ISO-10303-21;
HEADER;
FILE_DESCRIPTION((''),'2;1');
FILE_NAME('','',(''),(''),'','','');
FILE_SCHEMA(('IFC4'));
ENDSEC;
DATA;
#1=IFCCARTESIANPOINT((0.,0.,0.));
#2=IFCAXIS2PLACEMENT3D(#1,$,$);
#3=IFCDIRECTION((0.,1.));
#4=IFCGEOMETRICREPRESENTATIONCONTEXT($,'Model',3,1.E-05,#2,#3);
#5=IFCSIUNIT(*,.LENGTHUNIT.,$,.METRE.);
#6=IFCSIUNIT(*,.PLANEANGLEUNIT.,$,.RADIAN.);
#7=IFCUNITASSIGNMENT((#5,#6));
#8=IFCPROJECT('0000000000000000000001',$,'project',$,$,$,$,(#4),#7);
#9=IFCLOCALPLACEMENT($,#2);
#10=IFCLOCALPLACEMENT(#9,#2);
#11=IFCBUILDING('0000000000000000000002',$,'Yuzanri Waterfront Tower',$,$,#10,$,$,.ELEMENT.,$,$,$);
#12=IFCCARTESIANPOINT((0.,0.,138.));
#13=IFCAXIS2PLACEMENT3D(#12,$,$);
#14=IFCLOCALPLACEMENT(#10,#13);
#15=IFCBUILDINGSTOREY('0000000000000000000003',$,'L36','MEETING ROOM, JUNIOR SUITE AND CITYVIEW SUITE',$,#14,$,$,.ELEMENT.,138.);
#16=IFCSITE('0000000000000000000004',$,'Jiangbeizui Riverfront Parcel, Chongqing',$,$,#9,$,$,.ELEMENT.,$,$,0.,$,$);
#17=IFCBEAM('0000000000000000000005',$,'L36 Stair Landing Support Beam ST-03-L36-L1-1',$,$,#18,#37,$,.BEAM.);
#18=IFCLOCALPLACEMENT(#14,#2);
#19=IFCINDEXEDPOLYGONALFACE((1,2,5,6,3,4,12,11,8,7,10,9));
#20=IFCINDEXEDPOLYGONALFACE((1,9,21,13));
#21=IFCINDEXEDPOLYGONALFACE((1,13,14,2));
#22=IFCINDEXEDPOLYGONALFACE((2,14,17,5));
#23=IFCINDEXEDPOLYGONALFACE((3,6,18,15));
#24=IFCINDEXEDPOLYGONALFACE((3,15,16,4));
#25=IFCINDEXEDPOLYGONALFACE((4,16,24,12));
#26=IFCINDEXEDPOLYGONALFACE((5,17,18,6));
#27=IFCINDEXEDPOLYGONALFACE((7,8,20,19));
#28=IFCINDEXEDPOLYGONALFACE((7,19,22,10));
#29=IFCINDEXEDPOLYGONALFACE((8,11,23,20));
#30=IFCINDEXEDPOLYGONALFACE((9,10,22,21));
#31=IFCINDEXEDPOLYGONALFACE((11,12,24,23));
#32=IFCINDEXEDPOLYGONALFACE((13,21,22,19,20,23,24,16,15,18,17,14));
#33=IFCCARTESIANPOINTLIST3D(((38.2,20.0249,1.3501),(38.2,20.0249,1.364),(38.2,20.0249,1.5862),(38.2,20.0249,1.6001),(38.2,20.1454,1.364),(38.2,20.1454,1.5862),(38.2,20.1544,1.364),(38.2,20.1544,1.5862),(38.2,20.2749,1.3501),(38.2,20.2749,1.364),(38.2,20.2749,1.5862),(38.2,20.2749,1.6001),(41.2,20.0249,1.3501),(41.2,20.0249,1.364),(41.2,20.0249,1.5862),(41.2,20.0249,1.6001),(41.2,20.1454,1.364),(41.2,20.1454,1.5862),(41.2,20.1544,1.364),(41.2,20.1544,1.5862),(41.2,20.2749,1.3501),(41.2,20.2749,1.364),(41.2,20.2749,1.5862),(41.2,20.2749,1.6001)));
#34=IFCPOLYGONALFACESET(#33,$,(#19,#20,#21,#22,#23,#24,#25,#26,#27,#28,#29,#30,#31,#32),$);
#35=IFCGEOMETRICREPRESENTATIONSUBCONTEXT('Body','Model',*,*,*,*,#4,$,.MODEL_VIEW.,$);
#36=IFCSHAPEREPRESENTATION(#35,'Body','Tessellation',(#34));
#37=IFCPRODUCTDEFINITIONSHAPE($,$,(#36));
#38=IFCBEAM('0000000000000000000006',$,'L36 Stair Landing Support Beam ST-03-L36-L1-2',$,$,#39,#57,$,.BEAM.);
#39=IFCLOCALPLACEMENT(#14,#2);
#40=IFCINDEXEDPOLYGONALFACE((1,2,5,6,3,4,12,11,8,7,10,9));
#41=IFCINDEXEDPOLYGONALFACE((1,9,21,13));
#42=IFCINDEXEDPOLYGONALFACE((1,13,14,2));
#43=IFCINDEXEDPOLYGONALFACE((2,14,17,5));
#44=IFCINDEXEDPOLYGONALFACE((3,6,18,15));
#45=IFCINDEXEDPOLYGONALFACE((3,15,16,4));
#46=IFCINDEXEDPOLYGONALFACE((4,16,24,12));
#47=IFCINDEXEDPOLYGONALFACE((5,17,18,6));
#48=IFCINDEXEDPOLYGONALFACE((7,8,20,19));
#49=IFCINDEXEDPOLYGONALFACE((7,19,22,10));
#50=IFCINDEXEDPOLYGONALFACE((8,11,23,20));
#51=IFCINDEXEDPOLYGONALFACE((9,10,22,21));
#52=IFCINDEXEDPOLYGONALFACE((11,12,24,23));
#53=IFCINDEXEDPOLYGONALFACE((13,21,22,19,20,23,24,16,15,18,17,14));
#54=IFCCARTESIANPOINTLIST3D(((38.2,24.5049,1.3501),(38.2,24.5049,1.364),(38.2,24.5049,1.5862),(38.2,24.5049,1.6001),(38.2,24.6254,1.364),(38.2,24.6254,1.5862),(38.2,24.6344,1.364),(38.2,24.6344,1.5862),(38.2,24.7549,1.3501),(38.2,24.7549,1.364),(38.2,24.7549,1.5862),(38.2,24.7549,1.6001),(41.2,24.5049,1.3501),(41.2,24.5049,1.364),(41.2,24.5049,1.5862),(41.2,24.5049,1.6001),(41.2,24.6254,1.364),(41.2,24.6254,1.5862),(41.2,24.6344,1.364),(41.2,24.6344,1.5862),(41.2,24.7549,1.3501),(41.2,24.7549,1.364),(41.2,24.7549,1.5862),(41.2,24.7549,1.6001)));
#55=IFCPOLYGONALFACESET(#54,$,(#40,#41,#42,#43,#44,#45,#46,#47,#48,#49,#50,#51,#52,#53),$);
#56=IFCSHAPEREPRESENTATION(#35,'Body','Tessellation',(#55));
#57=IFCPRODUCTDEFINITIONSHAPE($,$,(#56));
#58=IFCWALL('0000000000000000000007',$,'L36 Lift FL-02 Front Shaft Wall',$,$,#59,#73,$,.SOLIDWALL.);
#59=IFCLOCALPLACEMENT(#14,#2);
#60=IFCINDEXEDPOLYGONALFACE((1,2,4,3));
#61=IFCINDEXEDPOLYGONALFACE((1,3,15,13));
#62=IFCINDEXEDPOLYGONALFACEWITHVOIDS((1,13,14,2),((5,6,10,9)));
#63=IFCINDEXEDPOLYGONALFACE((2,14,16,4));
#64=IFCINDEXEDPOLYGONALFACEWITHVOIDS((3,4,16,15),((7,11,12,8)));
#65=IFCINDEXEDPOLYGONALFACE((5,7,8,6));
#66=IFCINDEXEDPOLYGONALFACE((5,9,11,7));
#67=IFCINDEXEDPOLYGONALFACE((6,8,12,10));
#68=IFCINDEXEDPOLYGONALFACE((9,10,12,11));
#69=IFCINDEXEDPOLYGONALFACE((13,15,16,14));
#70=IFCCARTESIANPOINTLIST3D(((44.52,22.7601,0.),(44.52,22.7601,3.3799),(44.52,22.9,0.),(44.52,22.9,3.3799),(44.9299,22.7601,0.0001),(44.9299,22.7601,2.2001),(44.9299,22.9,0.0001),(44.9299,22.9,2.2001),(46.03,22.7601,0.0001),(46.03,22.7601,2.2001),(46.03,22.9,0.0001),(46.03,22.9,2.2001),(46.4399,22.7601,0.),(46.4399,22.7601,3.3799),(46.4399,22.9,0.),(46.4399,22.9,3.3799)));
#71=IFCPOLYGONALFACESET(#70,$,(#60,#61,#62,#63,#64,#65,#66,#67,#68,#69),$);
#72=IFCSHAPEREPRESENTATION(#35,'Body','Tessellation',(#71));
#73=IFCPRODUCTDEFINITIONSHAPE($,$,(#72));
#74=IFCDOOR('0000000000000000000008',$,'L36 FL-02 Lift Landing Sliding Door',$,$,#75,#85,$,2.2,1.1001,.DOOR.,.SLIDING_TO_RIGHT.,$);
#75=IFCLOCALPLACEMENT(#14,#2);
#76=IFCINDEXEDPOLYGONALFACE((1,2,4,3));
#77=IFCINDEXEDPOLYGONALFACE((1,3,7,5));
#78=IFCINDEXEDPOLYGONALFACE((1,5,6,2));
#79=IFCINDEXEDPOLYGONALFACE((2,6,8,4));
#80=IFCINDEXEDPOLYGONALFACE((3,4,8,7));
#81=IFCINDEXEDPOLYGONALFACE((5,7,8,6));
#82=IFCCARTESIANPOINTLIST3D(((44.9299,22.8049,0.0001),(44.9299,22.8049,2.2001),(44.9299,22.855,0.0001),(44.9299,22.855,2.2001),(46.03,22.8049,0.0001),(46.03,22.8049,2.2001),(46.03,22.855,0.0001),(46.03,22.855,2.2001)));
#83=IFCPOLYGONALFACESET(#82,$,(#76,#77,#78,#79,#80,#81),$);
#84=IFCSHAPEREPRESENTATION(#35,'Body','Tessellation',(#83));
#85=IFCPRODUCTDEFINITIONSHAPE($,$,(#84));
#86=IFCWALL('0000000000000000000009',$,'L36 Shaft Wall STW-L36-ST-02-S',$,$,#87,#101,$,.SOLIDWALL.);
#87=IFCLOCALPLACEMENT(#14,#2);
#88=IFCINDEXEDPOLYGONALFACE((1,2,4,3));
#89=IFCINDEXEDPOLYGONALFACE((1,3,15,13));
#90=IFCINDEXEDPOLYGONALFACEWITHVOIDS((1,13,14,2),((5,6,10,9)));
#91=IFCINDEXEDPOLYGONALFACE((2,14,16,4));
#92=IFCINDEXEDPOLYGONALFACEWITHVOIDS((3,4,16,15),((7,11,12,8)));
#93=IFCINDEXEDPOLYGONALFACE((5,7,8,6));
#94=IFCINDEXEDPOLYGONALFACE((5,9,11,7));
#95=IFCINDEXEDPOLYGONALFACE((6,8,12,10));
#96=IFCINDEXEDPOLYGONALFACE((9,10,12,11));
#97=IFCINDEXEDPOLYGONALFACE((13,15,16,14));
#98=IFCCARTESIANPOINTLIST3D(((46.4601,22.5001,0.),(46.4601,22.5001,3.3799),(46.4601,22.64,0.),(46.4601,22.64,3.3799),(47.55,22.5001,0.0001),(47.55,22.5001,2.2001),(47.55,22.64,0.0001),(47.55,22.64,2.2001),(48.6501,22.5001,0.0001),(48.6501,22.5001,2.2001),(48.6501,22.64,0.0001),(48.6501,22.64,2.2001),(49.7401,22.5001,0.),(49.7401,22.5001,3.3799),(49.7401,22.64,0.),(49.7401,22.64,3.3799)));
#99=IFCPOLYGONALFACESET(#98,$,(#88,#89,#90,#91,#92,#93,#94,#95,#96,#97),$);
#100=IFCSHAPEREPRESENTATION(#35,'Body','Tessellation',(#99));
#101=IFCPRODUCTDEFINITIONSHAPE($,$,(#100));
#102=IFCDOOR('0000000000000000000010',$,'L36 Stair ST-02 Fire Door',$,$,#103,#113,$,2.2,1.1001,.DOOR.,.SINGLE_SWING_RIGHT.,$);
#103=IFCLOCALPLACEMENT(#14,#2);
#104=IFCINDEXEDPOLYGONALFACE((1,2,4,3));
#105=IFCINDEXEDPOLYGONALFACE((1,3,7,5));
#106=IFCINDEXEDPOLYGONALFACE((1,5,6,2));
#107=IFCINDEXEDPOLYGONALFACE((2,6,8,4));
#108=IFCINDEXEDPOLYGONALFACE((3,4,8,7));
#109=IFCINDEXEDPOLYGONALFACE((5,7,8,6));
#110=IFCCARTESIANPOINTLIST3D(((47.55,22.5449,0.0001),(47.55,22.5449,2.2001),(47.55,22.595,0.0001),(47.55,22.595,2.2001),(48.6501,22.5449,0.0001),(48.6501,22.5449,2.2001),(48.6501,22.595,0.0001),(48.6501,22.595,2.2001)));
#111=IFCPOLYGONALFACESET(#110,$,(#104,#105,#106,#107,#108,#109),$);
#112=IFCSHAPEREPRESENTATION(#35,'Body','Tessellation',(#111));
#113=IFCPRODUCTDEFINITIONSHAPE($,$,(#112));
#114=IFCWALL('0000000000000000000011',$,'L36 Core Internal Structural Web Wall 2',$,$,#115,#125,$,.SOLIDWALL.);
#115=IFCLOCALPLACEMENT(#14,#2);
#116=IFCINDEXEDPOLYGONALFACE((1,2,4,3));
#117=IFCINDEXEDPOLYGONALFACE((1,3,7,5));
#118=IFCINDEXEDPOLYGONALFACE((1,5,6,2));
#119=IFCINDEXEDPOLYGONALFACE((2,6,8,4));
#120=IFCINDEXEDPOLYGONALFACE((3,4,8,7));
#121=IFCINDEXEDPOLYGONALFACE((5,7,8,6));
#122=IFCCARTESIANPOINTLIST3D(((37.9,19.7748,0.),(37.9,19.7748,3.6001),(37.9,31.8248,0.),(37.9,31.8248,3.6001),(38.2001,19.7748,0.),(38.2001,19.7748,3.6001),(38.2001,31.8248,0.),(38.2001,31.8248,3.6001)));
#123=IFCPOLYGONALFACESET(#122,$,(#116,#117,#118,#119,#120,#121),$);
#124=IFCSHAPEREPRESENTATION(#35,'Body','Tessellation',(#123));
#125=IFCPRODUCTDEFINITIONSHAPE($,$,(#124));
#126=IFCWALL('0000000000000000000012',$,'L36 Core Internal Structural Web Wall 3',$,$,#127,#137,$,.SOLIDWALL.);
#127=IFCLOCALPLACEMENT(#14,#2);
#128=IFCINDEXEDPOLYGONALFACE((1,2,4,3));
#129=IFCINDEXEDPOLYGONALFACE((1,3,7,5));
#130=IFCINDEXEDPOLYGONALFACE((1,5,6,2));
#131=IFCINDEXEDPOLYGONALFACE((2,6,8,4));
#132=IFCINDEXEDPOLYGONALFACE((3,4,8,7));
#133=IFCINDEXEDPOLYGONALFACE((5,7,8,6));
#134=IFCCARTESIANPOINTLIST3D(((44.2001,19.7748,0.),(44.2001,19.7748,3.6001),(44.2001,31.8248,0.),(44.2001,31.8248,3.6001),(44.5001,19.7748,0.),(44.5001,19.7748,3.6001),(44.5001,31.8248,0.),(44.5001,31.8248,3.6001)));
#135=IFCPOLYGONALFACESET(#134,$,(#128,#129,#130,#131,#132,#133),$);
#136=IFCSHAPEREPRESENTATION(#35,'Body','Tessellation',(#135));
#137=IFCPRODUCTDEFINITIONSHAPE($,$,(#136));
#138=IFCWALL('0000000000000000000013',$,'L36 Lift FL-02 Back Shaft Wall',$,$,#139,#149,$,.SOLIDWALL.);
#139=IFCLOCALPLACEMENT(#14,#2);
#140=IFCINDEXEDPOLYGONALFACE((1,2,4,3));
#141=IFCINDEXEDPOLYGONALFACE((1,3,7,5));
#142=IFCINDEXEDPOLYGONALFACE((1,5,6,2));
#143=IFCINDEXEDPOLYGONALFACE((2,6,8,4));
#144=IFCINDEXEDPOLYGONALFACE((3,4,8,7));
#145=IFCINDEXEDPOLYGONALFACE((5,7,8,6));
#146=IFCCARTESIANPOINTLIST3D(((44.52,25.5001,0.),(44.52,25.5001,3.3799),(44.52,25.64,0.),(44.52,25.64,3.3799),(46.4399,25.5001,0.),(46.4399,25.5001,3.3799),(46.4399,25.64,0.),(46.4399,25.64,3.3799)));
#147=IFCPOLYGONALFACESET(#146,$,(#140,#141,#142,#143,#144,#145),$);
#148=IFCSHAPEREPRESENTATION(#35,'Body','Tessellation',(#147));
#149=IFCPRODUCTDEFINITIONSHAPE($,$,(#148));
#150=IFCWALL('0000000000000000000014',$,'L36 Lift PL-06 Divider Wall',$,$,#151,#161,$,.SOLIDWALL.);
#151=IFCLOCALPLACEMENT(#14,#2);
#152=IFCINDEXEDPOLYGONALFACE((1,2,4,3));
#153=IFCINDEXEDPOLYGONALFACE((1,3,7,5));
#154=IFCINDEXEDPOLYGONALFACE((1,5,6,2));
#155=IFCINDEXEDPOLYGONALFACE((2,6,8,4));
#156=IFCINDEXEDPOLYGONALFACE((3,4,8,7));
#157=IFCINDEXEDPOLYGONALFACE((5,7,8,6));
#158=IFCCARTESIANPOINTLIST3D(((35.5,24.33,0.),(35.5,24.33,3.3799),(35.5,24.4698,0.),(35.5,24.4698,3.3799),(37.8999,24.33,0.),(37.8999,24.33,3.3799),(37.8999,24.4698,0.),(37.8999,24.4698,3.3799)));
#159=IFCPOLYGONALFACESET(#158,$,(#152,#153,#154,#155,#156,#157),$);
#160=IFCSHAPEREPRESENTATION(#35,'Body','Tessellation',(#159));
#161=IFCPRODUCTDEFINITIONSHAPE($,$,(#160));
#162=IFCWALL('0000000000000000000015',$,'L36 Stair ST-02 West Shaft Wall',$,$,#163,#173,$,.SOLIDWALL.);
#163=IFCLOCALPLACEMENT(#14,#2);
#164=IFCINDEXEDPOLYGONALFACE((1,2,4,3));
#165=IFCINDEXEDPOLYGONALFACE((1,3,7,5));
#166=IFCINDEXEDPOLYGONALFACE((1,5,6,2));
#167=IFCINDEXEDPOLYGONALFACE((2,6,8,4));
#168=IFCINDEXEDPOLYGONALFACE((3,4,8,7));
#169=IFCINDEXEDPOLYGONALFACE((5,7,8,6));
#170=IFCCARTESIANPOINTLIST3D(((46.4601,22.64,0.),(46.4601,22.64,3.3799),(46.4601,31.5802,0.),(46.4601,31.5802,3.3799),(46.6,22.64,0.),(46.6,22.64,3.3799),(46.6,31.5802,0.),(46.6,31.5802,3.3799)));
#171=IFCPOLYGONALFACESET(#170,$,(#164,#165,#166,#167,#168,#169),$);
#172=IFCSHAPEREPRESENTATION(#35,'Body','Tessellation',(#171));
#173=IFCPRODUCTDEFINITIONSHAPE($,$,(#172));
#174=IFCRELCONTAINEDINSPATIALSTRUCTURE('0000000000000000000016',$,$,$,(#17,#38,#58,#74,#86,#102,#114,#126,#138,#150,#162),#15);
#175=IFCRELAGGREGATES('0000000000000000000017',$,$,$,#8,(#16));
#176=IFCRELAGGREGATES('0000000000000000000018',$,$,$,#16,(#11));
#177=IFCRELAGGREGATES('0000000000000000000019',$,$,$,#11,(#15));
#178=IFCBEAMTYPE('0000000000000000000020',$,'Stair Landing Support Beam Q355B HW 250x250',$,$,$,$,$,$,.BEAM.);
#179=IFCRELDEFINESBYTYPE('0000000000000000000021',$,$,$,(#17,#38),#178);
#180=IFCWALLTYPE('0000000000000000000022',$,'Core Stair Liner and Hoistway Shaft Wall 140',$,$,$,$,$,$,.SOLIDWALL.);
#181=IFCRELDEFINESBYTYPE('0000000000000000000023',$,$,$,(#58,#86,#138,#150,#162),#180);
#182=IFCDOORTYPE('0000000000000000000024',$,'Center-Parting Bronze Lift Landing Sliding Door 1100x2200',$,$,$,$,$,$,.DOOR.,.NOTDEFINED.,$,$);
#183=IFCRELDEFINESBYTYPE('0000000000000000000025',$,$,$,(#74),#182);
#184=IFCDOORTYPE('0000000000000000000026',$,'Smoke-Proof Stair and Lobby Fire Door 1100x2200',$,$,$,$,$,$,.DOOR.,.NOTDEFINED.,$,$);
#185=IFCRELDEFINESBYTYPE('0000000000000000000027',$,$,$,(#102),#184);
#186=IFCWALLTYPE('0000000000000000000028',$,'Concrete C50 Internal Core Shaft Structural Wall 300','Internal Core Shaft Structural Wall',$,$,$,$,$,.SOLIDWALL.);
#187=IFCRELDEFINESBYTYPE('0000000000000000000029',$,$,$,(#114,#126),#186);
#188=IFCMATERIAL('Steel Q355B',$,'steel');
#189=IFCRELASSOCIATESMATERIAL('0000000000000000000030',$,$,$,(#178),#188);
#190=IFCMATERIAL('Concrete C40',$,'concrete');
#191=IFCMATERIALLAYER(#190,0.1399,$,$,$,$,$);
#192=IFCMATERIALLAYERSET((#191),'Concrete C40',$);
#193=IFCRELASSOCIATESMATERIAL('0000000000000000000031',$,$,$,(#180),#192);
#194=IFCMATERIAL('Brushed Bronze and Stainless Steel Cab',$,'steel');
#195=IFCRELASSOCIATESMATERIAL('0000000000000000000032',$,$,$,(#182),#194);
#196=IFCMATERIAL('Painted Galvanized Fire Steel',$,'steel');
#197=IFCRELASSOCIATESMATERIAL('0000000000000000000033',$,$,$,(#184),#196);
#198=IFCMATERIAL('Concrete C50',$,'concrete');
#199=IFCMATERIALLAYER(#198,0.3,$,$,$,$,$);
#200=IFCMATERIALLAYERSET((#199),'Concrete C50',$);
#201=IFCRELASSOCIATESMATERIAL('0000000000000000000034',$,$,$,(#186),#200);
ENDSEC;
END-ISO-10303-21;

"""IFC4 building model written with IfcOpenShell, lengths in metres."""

from ifc_helpers import new_model, si_unit, direction, frame, frame_2d, origin, origin_2d, place, context, subcontext, project, spatial, rectangle, i_section, extrude, source, transform, mapped, material, layer, layer_set, material_profile, profile_set, type_object, element, fill, save


model = new_model("IFC4")

# Units and contexts
model_context = context("Model", 3, precision=1e-05, world=origin(), true_north=direction((0.0, 1.0)))
body_context = subcontext(model_context, "Body", "Model", "MODEL_VIEW")
ifc_project = project(units=[si_unit("LENGTHUNIT", "METRE"), si_unit("PLANEANGLEUNIT", "RADIAN")], contexts=[model_context])

# Site, building, storey
site_placement = place(None, origin())
site = spatial("IfcSite", under=ifc_project, at=site_placement, Name="Jiangbeizui Riverfront Parcel, Chongqing", CompositionType="ELEMENT", RefElevation=0.0)
building_placement = place(site_placement, origin())
building = spatial("IfcBuilding", under=site, at=building_placement, Name="Yuzanri Waterfront Tower", CompositionType="ELEMENT")
storey_placement = place(building_placement, frame((0.0, 0.0, 138.0)))
storey = spatial("IfcBuildingStorey", under=building, at=storey_placement, Name="L36", Description="MEETING ROOM, JUNIOR SUITE AND CITYVIEW SUITE", CompositionType="ELEMENT", Elevation=138.0)

# Beams
ifc_material_1 = material(Name="Steel Q355B", Category="steel")
ifc_material_profile = material_profile(ifc_material_1, i_section(OverallWidth=0.25, OverallDepth=0.25, WebThickness=0.009, FlangeThickness=0.0139, at=origin_2d()), Name="HW 250x250x9x14")
ifc_profile_set = profile_set([ifc_material_profile], Name="Steel Q355B")
beam_type = type_object("IfcBeamType", Name="Stair Landing Support Beam Q355B HW 250x250", PredefinedType="BEAM", material=ifc_profile_set)
shared_shape_1 = source(origin(), body_context, "Body", "SweptSolid", [
    extrude(i_section(OverallWidth=0.25, OverallDepth=0.25, WebThickness=0.009, FlangeThickness=0.0139, at=origin_2d()), origin(), (0.0, 0.0, 1.0), 3.0),
])
for number, where, z_axis, x_axis, name in (
    (1, (38.2, 20.1499, 1.4751), (1.0, 0.0, 0.0), (0.0, 1.0, 0.0), "L36 Stair Landing Support Beam ST-03-L36-L1-1"),
    (2, (38.2, 24.6299, 1.4751), (1.0, 0.0, 0.0), (0.0, 1.0, 0.0), "L36 Stair Landing Support Beam ST-03-L36-L1-2"),
):
    element("IfcBeam", number, at=place(storey_placement, frame(where, z_axis=z_axis, x_axis=x_axis)), inside=storey, type_object=beam_type, Name=name, PredefinedType="BEAM", context=body_context, shape_type="MappedRepresentation", body=[
        mapped(shared_shape_1, transform((0.0, 0.0, 0.0), scale=1.0)),
    ])

# Walls, openings, doors
ifc_material_2 = material(Name="Concrete C40", Category="concrete")
ifc_layer_1 = layer(ifc_material_2, 0.1399)
ifc_layer_set_1 = layer_set([ifc_layer_1], Name="Concrete C40")
wall_type_1 = type_object("IfcWallType", Name="Core Stair Liner and Hoistway Shaft Wall 140", PredefinedType="SOLIDWALL", material=ifc_layer_set_1)
wall_1_placement = place(storey_placement, frame((44.52, 22.8301, 0.0), z_axis=(0.0, 0.0, 1.0), x_axis=(1.0, 0.0, 0.0)))
wall_1 = element("IfcWall", 3, at=wall_1_placement, inside=storey, type_object=wall_type_1, Name="L36 Lift FL-02 Front Shaft Wall", PredefinedType="SOLIDWALL", context=body_context, shape_type="SweptSolid", body=[
    extrude(rectangle(XDim=1.9199, YDim=0.1399, at=frame_2d((0.96, 0.0))), origin(), (0.0, 0.0, 1.0), 3.3799),
])
opening_1_placement = place(wall_1_placement, frame((0.4099, 0.0, 0.0)))
opening_1 = element("IfcOpeningElement", 4, at=opening_1_placement, cuts=wall_1, PredefinedType="OPENING", context=body_context, shape_type="SweptSolid", body=[
    extrude(rectangle(XDim=1.1001, YDim=2.2, at=frame_2d((0.55, 1.1001))), frame((0.0, 0.085, 0.0), z_axis=(0.0, -1.0, 0.0), x_axis=(1.0, 0.0, 0.0)), (0.0, 0.0, 1.0), 0.1697),
])
ifc_material_3 = material(Name="Brushed Bronze and Stainless Steel Cab", Category="steel")
door_type_1 = type_object("IfcDoorType", Name="Center-Parting Bronze Lift Landing Sliding Door 1100x2200", OperationType="NOTDEFINED", PredefinedType="DOOR", material=ifc_material_3)
shared_shape_2 = source(origin(), body_context, "Body", "SweptSolid", [
    extrude(rectangle(XDim=1.1001, YDim=2.2, at=frame_2d((0.55, 1.1001))), frame((0.0, 0.0249, 0.0), z_axis=(0.0, -1.0, 0.0), x_axis=(1.0, 0.0, 0.0)), (0.0, 0.0, 1.0), 0.05),
])
door_1_placement = place(opening_1_placement, origin())
door_1 = element("IfcDoor", 5, at=door_1_placement, inside=storey, type_object=door_type_1, Name="L36 FL-02 Lift Landing Sliding Door", OperationType="SLIDING_TO_RIGHT", OverallHeight=2.2, OverallWidth=1.1001, PredefinedType="DOOR", context=body_context, shape_type="MappedRepresentation", body=[
    mapped(shared_shape_2, transform((0.0, 0.0, 0.0), scale=1.0)),
])
fill(opening_1, door_1)
wall_2_placement = place(storey_placement, frame((46.46, 22.5701, 0.0), z_axis=(0.0, 0.0, 1.0), x_axis=(1.0, 0.0, 0.0)))
wall_2 = element("IfcWall", 6, at=wall_2_placement, inside=storey, type_object=wall_type_1, Name="L36 Shaft Wall STW-L36-ST-02-S", PredefinedType="SOLIDWALL", context=body_context, shape_type="SweptSolid", body=[
    extrude(rectangle(XDim=3.28, YDim=0.1399, at=frame_2d((1.6401, 0.0))), origin(), (0.0, 0.0, 1.0), 3.3799),
])
opening_2_placement = place(wall_2_placement, frame((1.0901, 0.0, 0.0)))
opening_2 = element("IfcOpeningElement", 7, at=opening_2_placement, cuts=wall_2, PredefinedType="OPENING", context=body_context, shape_type="SweptSolid", body=[
    extrude(rectangle(XDim=1.1001, YDim=2.2, at=frame_2d((0.55, 1.1001))), frame((0.0, 0.085, 0.0), z_axis=(0.0, -1.0, 0.0), x_axis=(1.0, 0.0, 0.0)), (0.0, 0.0, 1.0), 0.1697),
])
ifc_material_4 = material(Name="Painted Galvanized Fire Steel", Category="steel")
door_type_2 = type_object("IfcDoorType", Name="Smoke-Proof Stair and Lobby Fire Door 1100x2200", OperationType="NOTDEFINED", PredefinedType="DOOR", material=ifc_material_4)
shared_shape_3 = source(origin(), body_context, "Body", "SweptSolid", [
    extrude(rectangle(XDim=1.1001, YDim=2.2, at=frame_2d((0.55, 1.1001))), frame((0.0, 0.0249, 0.0), z_axis=(0.0, -1.0, 0.0), x_axis=(1.0, 0.0, 0.0)), (0.0, 0.0, 1.0), 0.05),
])
door_2_placement = place(opening_2_placement, origin())
door_2 = element("IfcDoor", 8, at=door_2_placement, inside=storey, type_object=door_type_2, Name="L36 Stair ST-02 Fire Door", OperationType="SINGLE_SWING_RIGHT", OverallHeight=2.2, OverallWidth=1.1001, PredefinedType="DOOR", context=body_context, shape_type="MappedRepresentation", body=[
    mapped(shared_shape_3, transform((0.0, 0.0, 0.0), scale=1.0)),
])
fill(opening_2, door_2)

# Walls
ifc_material_5 = material(Name="Concrete C50", Category="concrete")
ifc_layer_2 = layer(ifc_material_5, 0.3)
ifc_layer_set_2 = layer_set([ifc_layer_2], Name="Concrete C50")
wall_type_2 = type_object("IfcWallType", Name="Concrete C50 Internal Core Shaft Structural Wall 300", Description="Internal Core Shaft Structural Wall", PredefinedType="SOLIDWALL", material=ifc_layer_set_2)
shared_shape_4 = source(origin(), body_context, "Body", "SweptSolid", [
    extrude(rectangle(XDim=12.05, YDim=0.3, at=frame_2d((6.0249, 0.0))), origin(), (0.0, 0.0, 1.0), 3.6001),
])
for number, where, z_axis, x_axis, name in (
    (9, (38.05, 19.7749, 0.0), (0.0, 0.0, 1.0), (0.0, 1.0, 0.0), "L36 Core Internal Structural Web Wall 2"),
    (10, (44.3501, 19.7749, 0.0), (0.0, 0.0, 1.0), (0.0, 1.0, 0.0), "L36 Core Internal Structural Web Wall 3"),
):
    element("IfcWall", number, at=place(storey_placement, frame(where, z_axis=z_axis, x_axis=x_axis)), inside=storey, type_object=wall_type_2, Name=name, PredefinedType="SOLIDWALL", context=body_context, shape_type="MappedRepresentation", body=[
        mapped(shared_shape_4, transform((0.0, 0.0, 0.0), scale=1.0)),
    ])
shared_shape_5 = source(origin(), body_context, "Body", "SweptSolid", [
    extrude(rectangle(XDim=1.9199, YDim=0.1399, at=frame_2d((0.96, 0.0))), origin(), (0.0, 0.0, 1.0), 3.3799),
])
wall_3_placement = place(storey_placement, frame((44.52, 25.5701, 0.0), z_axis=(0.0, 0.0, 1.0), x_axis=(1.0, 0.0, 0.0)))
element("IfcWall", 11, at=wall_3_placement, inside=storey, type_object=wall_type_1, Name="L36 Lift FL-02 Back Shaft Wall", PredefinedType="SOLIDWALL", context=body_context, shape_type="MappedRepresentation", body=[
    mapped(shared_shape_5, transform((0.0, 0.0, 0.0), scale=1.0)),
])
shared_shape_6 = source(origin(), body_context, "Body", "SweptSolid", [
    extrude(rectangle(XDim=2.3999, YDim=0.1399, at=frame_2d((1.2, 0.0))), origin(), (0.0, 0.0, 1.0), 3.3799),
])
wall_4_placement = place(storey_placement, frame((35.5, 24.3999, 0.0), z_axis=(0.0, 0.0, 1.0), x_axis=(1.0, 0.0, 0.0)))
element("IfcWall", 12, at=wall_4_placement, inside=storey, type_object=wall_type_1, Name="L36 Lift PL-06 Divider Wall", PredefinedType="SOLIDWALL", context=body_context, shape_type="MappedRepresentation", body=[
    mapped(shared_shape_6, transform((0.0, 0.0, 0.0), scale=1.0)),
])
shared_shape_7 = source(origin(), body_context, "Body", "SweptSolid", [
    extrude(rectangle(XDim=8.9402, YDim=0.1399, at=frame_2d((4.4702, 0.0))), origin(), (0.0, 0.0, 1.0), 3.3799),
])
wall_5_placement = place(storey_placement, frame((46.53, 22.6399, 0.0), z_axis=(0.0, 0.0, 1.0), x_axis=(0.0, 1.0, 0.0)))
element("IfcWall", 13, at=wall_5_placement, inside=storey, type_object=wall_type_1, Name="L36 Stair ST-02 West Shaft Wall", PredefinedType="SOLIDWALL", context=body_context, shape_type="MappedRepresentation", body=[
    mapped(shared_shape_7, transform((0.0, 0.0, 0.0), scale=1.0)),
])

save(model, "model.ifc")
